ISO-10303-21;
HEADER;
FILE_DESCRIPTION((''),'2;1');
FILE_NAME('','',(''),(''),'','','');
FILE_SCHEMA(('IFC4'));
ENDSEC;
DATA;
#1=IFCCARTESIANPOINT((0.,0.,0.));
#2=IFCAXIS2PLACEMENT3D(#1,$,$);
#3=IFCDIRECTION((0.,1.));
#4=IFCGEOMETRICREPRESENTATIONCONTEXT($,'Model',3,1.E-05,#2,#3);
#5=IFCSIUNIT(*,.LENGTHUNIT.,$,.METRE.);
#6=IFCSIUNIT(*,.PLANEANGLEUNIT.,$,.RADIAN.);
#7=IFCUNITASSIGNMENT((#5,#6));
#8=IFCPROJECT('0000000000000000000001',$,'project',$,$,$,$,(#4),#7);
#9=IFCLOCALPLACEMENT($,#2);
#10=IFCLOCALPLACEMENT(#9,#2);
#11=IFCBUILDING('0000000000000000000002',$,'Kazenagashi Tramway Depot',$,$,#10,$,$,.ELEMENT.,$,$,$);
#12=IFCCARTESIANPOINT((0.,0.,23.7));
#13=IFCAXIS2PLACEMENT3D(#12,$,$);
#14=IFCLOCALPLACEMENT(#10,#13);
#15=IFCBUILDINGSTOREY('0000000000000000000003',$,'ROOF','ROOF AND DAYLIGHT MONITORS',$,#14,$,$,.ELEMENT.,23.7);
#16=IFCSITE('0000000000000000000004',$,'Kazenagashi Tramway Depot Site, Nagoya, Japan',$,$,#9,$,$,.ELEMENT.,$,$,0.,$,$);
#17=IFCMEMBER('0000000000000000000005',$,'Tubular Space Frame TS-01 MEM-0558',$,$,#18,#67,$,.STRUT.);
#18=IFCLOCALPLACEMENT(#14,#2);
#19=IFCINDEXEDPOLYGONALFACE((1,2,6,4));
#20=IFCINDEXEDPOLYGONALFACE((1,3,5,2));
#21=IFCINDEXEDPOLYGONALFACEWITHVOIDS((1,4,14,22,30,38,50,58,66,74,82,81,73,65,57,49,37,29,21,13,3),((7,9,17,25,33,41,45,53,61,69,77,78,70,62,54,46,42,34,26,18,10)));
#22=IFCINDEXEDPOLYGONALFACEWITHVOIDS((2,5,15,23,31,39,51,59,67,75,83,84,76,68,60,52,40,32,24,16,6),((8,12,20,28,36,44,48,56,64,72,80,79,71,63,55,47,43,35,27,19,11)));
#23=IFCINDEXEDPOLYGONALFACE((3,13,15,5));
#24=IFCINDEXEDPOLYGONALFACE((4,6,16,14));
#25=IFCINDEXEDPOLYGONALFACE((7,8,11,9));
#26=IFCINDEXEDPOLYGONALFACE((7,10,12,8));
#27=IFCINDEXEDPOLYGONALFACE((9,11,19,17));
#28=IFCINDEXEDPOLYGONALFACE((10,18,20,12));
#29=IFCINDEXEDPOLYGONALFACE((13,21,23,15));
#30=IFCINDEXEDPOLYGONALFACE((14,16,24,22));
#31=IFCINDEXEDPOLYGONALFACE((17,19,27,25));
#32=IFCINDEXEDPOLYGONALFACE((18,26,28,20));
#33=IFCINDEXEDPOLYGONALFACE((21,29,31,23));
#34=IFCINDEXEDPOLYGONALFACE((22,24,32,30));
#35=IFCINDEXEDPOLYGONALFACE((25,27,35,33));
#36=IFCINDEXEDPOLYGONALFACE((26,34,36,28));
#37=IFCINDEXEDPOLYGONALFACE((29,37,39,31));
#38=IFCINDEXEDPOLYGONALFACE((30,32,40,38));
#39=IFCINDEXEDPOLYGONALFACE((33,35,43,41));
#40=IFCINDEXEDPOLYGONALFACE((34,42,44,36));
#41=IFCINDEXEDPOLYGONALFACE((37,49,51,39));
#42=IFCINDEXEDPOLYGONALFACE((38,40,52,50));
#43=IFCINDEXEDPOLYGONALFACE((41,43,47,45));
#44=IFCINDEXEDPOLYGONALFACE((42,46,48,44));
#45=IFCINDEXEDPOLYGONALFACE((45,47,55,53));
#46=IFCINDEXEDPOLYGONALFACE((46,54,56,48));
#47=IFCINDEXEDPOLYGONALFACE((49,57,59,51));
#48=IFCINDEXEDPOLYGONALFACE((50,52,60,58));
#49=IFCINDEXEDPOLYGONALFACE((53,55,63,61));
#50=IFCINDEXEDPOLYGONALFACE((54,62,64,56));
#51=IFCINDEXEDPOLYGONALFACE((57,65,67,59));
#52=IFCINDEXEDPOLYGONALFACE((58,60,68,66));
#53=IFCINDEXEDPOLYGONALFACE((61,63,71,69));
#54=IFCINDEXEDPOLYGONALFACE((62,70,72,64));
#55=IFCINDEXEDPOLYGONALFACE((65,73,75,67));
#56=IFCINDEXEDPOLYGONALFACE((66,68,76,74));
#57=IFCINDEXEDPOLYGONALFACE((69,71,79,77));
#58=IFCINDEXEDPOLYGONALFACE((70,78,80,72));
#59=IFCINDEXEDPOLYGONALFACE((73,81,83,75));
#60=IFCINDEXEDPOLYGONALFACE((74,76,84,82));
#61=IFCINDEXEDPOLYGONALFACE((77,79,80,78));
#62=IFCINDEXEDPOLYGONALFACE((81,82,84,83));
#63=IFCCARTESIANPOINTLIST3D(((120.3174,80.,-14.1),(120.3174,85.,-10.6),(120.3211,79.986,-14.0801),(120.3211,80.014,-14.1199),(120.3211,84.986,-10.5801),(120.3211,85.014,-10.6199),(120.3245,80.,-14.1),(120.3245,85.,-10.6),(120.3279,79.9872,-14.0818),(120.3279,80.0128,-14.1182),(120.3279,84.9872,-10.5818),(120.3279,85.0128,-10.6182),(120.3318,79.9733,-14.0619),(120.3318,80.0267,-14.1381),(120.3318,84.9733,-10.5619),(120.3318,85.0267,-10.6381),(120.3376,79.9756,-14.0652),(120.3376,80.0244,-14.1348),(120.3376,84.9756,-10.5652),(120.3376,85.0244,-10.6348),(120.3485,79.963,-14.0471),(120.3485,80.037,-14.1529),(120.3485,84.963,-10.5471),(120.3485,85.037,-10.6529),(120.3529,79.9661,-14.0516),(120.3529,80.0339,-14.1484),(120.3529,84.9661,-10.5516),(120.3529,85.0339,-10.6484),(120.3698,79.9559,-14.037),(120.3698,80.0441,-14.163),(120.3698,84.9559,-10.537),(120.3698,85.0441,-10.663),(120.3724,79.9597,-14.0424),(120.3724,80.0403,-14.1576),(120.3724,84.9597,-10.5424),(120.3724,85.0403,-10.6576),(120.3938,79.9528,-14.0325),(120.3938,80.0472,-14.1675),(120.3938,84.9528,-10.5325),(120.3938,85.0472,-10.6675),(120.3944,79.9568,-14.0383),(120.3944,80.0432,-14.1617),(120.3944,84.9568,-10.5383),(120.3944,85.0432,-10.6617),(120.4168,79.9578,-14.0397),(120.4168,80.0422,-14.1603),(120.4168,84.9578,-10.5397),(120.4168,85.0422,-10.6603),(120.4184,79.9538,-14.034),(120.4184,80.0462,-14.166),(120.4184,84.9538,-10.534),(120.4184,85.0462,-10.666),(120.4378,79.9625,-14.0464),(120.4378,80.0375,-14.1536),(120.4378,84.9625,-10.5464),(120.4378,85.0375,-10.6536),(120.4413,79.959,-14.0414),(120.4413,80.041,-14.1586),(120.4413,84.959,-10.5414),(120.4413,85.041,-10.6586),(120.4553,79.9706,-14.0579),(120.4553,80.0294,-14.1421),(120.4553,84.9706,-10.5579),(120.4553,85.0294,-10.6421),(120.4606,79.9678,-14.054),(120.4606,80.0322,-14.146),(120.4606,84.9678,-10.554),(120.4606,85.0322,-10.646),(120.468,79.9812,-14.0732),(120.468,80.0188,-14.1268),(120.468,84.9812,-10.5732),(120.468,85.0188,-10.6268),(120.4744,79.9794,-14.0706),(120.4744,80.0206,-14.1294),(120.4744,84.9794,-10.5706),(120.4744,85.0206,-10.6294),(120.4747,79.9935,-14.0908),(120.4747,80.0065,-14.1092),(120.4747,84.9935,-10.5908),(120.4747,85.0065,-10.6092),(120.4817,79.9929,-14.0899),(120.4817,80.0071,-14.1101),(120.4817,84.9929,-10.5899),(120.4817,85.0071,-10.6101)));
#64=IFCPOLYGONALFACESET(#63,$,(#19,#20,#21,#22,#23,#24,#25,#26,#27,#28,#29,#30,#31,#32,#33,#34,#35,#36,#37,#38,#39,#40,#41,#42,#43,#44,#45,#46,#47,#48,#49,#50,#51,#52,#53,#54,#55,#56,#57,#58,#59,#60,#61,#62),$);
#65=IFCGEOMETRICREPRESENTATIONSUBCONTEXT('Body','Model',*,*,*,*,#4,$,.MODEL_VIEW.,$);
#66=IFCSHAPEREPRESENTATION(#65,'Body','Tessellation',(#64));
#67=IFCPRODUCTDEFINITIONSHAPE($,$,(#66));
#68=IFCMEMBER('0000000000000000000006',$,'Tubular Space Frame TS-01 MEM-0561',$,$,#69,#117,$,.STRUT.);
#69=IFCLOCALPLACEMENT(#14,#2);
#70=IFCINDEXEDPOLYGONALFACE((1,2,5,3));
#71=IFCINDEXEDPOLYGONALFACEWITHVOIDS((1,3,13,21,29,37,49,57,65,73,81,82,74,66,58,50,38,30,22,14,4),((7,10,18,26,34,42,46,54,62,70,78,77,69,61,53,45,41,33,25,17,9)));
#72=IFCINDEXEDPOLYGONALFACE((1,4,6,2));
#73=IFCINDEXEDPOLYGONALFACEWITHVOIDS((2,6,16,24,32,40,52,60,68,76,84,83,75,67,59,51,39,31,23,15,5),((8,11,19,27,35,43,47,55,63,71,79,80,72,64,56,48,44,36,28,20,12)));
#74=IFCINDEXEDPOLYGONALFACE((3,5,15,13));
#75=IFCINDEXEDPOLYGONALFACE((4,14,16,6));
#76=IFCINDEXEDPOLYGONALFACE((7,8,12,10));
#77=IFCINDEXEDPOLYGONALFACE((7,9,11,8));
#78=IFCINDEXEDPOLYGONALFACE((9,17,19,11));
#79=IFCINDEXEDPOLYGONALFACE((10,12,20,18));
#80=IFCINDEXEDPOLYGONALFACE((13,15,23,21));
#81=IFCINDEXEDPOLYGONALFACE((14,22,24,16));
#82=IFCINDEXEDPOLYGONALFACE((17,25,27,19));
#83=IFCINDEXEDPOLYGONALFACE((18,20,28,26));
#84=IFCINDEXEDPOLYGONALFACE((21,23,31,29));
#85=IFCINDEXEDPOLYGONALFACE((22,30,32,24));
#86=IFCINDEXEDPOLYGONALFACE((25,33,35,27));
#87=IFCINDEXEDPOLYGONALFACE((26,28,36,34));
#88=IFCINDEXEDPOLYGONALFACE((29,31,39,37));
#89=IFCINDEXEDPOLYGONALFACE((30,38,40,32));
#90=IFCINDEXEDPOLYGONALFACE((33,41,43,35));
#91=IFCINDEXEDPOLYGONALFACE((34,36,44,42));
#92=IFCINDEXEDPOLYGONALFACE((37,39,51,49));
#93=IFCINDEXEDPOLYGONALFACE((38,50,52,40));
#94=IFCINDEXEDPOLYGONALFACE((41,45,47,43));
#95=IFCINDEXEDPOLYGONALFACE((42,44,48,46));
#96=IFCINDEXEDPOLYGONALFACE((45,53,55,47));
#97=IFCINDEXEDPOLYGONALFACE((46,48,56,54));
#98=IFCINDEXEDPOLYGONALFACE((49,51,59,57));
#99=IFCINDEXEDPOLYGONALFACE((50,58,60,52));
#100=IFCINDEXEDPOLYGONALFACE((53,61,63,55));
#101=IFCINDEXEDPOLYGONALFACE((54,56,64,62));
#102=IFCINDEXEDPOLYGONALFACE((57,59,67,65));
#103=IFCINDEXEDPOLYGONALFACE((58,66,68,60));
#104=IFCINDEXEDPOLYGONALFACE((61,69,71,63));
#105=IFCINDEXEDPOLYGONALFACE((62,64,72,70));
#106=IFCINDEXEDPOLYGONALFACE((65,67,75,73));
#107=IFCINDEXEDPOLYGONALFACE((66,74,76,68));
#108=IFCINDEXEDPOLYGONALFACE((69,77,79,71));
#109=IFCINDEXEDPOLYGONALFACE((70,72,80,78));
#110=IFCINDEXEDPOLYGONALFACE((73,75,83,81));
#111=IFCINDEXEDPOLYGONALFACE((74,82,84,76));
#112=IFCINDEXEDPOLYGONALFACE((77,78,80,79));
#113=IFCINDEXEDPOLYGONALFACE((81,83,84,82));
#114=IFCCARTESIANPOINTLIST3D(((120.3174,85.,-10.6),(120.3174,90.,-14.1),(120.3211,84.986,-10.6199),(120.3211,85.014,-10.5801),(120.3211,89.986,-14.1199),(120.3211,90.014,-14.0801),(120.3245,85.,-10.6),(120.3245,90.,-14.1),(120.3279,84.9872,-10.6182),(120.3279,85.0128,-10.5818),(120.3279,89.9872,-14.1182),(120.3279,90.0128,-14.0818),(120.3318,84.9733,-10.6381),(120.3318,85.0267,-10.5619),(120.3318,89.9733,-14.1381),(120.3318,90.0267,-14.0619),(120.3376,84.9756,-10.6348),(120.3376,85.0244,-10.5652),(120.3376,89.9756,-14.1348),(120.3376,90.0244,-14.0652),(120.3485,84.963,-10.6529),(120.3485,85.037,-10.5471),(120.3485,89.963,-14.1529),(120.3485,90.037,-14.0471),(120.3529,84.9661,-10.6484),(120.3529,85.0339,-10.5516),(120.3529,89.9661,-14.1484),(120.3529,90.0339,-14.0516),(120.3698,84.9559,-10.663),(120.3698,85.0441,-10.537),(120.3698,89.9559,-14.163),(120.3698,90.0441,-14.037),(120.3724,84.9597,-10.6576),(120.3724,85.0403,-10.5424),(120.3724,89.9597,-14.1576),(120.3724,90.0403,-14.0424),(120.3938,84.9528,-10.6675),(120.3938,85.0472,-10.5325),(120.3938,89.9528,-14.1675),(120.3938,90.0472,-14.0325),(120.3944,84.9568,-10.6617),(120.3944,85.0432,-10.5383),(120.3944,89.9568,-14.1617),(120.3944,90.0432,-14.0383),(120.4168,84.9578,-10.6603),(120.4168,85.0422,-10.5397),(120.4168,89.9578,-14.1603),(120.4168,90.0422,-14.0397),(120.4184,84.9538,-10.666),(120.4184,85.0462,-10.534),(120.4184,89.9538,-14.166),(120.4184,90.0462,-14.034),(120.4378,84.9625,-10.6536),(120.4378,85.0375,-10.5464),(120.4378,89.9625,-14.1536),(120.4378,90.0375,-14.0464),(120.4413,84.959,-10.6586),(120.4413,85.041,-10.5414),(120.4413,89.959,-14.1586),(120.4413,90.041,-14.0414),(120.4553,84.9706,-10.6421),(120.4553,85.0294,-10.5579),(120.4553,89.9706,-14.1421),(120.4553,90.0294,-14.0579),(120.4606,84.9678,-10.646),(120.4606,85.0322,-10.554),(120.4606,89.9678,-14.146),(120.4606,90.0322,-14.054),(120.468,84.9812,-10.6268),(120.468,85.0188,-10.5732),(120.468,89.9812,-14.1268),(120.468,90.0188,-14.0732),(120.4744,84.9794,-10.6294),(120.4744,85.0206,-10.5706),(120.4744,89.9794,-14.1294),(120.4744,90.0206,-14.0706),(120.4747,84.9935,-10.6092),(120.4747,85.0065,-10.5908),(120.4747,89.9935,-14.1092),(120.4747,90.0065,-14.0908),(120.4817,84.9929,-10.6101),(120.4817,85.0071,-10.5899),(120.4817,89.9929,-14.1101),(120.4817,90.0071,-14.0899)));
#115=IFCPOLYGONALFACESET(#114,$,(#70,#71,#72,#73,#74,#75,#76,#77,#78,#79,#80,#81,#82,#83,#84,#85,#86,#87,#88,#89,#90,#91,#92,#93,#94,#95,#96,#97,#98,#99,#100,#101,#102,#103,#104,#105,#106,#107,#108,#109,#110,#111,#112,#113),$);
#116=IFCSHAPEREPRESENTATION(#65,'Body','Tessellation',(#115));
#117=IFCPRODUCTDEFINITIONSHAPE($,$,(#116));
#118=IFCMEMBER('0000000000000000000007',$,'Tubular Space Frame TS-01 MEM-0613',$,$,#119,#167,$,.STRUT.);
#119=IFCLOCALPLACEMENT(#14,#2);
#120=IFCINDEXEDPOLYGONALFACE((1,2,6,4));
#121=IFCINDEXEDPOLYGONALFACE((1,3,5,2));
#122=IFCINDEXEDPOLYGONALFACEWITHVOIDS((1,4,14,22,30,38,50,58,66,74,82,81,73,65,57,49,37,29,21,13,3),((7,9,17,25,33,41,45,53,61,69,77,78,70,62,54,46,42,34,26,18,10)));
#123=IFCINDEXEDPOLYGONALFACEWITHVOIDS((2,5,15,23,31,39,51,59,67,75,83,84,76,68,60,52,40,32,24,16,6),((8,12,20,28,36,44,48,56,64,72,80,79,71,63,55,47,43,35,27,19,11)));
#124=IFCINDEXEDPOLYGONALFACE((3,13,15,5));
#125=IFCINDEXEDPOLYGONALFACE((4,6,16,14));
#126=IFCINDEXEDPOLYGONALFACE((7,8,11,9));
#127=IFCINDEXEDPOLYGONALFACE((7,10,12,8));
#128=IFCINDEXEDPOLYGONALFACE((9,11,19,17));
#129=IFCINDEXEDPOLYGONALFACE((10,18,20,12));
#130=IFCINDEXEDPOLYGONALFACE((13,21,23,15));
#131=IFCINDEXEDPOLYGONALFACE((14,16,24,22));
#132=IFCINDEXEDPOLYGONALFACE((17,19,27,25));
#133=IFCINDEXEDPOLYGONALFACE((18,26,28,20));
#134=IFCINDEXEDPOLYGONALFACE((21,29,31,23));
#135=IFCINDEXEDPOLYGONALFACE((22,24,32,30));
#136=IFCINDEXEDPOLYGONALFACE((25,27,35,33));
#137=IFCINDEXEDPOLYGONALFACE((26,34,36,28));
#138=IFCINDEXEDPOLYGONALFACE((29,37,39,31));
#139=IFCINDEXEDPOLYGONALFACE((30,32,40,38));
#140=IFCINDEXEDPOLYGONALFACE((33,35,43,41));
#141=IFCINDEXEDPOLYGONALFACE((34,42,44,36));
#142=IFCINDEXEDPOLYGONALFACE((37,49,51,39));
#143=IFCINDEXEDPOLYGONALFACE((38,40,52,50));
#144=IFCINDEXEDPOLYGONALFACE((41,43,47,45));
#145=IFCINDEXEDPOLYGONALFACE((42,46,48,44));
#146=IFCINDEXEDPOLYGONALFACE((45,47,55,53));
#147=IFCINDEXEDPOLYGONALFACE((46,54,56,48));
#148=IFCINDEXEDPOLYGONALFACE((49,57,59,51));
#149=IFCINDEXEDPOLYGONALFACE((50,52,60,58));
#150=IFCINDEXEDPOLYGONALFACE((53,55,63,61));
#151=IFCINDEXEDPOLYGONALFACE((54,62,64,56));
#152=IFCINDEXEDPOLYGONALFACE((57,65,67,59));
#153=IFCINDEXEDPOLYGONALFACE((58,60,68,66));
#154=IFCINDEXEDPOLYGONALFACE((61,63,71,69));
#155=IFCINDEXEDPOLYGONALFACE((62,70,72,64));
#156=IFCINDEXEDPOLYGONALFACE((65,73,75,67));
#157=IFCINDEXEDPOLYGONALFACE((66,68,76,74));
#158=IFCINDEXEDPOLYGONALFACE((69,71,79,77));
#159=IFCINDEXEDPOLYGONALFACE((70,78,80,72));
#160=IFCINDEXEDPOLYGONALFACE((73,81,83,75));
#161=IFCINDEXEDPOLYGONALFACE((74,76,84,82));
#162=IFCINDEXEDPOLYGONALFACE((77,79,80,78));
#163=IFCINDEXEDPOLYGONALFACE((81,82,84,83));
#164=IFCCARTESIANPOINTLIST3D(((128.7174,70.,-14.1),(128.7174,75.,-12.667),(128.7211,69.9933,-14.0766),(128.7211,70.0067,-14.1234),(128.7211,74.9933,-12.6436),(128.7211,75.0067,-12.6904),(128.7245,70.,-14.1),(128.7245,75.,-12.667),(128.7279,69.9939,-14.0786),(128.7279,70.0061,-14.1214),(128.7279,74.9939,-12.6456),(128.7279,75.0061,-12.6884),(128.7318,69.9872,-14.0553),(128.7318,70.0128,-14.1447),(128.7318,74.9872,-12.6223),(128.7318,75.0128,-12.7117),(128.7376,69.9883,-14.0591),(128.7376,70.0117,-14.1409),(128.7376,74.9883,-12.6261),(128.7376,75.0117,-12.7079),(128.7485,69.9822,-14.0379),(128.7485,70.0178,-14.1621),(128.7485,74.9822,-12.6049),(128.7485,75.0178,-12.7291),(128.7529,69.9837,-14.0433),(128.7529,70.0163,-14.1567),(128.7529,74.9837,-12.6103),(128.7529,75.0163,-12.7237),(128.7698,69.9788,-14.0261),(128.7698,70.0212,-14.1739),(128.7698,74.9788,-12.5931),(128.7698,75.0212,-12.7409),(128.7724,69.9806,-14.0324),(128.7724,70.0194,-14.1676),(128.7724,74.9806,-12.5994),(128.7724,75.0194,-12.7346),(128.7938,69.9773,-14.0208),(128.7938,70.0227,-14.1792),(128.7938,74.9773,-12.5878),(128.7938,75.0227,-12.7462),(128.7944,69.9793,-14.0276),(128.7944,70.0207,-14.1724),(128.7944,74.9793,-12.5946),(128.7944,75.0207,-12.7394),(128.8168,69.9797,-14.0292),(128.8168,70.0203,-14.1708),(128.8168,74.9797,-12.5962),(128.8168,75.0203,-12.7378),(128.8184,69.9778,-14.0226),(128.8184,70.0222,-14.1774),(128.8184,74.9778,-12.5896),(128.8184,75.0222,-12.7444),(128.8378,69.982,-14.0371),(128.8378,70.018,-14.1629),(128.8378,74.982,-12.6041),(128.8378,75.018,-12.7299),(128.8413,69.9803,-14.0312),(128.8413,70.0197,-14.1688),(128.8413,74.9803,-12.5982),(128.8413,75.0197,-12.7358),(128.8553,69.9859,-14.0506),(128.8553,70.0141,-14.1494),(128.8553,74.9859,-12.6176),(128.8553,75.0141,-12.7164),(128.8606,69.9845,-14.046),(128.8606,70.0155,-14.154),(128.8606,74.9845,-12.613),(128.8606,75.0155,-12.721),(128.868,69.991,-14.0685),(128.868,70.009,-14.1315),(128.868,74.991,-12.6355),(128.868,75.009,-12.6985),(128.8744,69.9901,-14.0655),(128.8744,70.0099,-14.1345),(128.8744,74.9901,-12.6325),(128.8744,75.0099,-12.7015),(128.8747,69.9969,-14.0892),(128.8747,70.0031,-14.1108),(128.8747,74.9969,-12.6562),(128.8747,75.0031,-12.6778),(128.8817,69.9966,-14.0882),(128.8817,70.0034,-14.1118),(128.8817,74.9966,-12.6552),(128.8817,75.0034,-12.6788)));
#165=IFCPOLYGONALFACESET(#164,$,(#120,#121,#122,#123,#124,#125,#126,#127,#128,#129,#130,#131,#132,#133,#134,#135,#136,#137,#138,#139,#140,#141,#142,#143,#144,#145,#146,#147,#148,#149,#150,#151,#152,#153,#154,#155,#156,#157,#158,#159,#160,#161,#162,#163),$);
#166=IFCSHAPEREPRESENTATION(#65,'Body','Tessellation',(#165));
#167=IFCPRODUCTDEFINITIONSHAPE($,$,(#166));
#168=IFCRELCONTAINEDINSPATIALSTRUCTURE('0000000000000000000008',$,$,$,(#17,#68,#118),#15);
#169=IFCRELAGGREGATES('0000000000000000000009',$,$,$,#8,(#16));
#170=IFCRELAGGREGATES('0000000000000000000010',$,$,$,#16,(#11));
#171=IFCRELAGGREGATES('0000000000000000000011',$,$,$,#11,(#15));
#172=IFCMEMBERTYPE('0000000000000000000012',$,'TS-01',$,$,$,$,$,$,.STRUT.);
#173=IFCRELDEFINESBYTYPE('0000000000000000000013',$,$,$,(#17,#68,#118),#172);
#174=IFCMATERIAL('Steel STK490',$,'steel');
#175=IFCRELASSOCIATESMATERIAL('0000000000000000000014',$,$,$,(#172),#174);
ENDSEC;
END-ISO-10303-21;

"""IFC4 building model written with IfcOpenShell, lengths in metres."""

from ifc_helpers import new_model, si_unit, direction, frame, origin, origin_2d, place, context, subcontext, project, spatial, hollow_circle, extrude, material, material_profile, profile_set, type_object, element, save


model = new_model("IFC4")

# Units and contexts
model_context = context("Model", 3, precision=1e-05, world=origin(), true_north=direction((0.0, 1.0)))
body_context = subcontext(model_context, "Body", "Model", "MODEL_VIEW")
ifc_project = project(units=[si_unit("LENGTHUNIT", "METRE"), si_unit("PLANEANGLEUNIT", "RADIAN")], contexts=[model_context])

# Site, building, storey
site_placement = place(None, origin())
site = spatial("IfcSite", under=ifc_project, at=site_placement, Name="Kazenagashi Tramway Depot Site, Nagoya, Japan", CompositionType="ELEMENT", RefElevation=0.0)
building_placement = place(site_placement, origin())
building = spatial("IfcBuilding", under=site, at=building_placement, Name="Kazenagashi Tramway Depot", CompositionType="ELEMENT")
storey_placement = place(building_placement, frame((0.0, 0.0, 23.7)))
storey = spatial("IfcBuildingStorey", under=building, at=storey_placement, Name="ROOF", Description="ROOF AND DAYLIGHT MONITORS", CompositionType="ELEMENT", Elevation=23.7)

# Members
ifc_material_1 = material(Name="Steel STK490", Category="steel")
ifc_material_profile_1 = material_profile(ifc_material_1, hollow_circle(Radius=0.0826, WallThickness=0.0071, at=origin_2d()), Name="CHS-165.2x7.1")
ifc_profile_set_1 = profile_set([ifc_material_profile_1], Name="Steel STK490")
member_type_1 = type_object("IfcMemberType", Name="TS-01", PredefinedType="STRUT", material=ifc_profile_set_1)
for number, where, z_axis, x_axis, name in (
    (1, (120.4, 80.0, -14.1), (0.0, 0.819232, 0.573462), (-1.0, 0.0, 0.0), "Tubular Space Frame TS-01 MEM-0558"),
    (2, (120.4, 85.0, -10.6), (0.0, 0.819232, -0.573462), (-1.0, 0.0, 0.0), "Tubular Space Frame TS-01 MEM-0561"),
):
    element("IfcMember", number, at=place(storey_placement, frame(where, z_axis=z_axis, x_axis=x_axis)), inside=storey, type_object=member_type_1, Name=name, PredefinedType="STRUT", context=body_context, shape_type="SweptSolid", body=[
        extrude(hollow_circle(Radius=0.0826, WallThickness=0.0071, at=origin_2d()), origin(), (0.0, 0.0, 1.0), 6.1033),
    ])
member_1_placement = place(storey_placement, frame((128.8, 70.0, -14.1), z_axis=(0.0, 0.961299, 0.275508), x_axis=(-1.0, 0.0, 0.0)))
element("IfcMember", 3, at=member_1_placement, inside=storey, type_object=member_type_1, Name="Tubular Space Frame TS-01 MEM-0613", PredefinedType="STRUT", context=body_context, shape_type="SweptSolid", body=[
    extrude(hollow_circle(Radius=0.0826, WallThickness=0.0071, at=origin_2d()), origin(), (0.0, 0.0, 1.0), 5.2013),
])

save(model, "model.ifc")
